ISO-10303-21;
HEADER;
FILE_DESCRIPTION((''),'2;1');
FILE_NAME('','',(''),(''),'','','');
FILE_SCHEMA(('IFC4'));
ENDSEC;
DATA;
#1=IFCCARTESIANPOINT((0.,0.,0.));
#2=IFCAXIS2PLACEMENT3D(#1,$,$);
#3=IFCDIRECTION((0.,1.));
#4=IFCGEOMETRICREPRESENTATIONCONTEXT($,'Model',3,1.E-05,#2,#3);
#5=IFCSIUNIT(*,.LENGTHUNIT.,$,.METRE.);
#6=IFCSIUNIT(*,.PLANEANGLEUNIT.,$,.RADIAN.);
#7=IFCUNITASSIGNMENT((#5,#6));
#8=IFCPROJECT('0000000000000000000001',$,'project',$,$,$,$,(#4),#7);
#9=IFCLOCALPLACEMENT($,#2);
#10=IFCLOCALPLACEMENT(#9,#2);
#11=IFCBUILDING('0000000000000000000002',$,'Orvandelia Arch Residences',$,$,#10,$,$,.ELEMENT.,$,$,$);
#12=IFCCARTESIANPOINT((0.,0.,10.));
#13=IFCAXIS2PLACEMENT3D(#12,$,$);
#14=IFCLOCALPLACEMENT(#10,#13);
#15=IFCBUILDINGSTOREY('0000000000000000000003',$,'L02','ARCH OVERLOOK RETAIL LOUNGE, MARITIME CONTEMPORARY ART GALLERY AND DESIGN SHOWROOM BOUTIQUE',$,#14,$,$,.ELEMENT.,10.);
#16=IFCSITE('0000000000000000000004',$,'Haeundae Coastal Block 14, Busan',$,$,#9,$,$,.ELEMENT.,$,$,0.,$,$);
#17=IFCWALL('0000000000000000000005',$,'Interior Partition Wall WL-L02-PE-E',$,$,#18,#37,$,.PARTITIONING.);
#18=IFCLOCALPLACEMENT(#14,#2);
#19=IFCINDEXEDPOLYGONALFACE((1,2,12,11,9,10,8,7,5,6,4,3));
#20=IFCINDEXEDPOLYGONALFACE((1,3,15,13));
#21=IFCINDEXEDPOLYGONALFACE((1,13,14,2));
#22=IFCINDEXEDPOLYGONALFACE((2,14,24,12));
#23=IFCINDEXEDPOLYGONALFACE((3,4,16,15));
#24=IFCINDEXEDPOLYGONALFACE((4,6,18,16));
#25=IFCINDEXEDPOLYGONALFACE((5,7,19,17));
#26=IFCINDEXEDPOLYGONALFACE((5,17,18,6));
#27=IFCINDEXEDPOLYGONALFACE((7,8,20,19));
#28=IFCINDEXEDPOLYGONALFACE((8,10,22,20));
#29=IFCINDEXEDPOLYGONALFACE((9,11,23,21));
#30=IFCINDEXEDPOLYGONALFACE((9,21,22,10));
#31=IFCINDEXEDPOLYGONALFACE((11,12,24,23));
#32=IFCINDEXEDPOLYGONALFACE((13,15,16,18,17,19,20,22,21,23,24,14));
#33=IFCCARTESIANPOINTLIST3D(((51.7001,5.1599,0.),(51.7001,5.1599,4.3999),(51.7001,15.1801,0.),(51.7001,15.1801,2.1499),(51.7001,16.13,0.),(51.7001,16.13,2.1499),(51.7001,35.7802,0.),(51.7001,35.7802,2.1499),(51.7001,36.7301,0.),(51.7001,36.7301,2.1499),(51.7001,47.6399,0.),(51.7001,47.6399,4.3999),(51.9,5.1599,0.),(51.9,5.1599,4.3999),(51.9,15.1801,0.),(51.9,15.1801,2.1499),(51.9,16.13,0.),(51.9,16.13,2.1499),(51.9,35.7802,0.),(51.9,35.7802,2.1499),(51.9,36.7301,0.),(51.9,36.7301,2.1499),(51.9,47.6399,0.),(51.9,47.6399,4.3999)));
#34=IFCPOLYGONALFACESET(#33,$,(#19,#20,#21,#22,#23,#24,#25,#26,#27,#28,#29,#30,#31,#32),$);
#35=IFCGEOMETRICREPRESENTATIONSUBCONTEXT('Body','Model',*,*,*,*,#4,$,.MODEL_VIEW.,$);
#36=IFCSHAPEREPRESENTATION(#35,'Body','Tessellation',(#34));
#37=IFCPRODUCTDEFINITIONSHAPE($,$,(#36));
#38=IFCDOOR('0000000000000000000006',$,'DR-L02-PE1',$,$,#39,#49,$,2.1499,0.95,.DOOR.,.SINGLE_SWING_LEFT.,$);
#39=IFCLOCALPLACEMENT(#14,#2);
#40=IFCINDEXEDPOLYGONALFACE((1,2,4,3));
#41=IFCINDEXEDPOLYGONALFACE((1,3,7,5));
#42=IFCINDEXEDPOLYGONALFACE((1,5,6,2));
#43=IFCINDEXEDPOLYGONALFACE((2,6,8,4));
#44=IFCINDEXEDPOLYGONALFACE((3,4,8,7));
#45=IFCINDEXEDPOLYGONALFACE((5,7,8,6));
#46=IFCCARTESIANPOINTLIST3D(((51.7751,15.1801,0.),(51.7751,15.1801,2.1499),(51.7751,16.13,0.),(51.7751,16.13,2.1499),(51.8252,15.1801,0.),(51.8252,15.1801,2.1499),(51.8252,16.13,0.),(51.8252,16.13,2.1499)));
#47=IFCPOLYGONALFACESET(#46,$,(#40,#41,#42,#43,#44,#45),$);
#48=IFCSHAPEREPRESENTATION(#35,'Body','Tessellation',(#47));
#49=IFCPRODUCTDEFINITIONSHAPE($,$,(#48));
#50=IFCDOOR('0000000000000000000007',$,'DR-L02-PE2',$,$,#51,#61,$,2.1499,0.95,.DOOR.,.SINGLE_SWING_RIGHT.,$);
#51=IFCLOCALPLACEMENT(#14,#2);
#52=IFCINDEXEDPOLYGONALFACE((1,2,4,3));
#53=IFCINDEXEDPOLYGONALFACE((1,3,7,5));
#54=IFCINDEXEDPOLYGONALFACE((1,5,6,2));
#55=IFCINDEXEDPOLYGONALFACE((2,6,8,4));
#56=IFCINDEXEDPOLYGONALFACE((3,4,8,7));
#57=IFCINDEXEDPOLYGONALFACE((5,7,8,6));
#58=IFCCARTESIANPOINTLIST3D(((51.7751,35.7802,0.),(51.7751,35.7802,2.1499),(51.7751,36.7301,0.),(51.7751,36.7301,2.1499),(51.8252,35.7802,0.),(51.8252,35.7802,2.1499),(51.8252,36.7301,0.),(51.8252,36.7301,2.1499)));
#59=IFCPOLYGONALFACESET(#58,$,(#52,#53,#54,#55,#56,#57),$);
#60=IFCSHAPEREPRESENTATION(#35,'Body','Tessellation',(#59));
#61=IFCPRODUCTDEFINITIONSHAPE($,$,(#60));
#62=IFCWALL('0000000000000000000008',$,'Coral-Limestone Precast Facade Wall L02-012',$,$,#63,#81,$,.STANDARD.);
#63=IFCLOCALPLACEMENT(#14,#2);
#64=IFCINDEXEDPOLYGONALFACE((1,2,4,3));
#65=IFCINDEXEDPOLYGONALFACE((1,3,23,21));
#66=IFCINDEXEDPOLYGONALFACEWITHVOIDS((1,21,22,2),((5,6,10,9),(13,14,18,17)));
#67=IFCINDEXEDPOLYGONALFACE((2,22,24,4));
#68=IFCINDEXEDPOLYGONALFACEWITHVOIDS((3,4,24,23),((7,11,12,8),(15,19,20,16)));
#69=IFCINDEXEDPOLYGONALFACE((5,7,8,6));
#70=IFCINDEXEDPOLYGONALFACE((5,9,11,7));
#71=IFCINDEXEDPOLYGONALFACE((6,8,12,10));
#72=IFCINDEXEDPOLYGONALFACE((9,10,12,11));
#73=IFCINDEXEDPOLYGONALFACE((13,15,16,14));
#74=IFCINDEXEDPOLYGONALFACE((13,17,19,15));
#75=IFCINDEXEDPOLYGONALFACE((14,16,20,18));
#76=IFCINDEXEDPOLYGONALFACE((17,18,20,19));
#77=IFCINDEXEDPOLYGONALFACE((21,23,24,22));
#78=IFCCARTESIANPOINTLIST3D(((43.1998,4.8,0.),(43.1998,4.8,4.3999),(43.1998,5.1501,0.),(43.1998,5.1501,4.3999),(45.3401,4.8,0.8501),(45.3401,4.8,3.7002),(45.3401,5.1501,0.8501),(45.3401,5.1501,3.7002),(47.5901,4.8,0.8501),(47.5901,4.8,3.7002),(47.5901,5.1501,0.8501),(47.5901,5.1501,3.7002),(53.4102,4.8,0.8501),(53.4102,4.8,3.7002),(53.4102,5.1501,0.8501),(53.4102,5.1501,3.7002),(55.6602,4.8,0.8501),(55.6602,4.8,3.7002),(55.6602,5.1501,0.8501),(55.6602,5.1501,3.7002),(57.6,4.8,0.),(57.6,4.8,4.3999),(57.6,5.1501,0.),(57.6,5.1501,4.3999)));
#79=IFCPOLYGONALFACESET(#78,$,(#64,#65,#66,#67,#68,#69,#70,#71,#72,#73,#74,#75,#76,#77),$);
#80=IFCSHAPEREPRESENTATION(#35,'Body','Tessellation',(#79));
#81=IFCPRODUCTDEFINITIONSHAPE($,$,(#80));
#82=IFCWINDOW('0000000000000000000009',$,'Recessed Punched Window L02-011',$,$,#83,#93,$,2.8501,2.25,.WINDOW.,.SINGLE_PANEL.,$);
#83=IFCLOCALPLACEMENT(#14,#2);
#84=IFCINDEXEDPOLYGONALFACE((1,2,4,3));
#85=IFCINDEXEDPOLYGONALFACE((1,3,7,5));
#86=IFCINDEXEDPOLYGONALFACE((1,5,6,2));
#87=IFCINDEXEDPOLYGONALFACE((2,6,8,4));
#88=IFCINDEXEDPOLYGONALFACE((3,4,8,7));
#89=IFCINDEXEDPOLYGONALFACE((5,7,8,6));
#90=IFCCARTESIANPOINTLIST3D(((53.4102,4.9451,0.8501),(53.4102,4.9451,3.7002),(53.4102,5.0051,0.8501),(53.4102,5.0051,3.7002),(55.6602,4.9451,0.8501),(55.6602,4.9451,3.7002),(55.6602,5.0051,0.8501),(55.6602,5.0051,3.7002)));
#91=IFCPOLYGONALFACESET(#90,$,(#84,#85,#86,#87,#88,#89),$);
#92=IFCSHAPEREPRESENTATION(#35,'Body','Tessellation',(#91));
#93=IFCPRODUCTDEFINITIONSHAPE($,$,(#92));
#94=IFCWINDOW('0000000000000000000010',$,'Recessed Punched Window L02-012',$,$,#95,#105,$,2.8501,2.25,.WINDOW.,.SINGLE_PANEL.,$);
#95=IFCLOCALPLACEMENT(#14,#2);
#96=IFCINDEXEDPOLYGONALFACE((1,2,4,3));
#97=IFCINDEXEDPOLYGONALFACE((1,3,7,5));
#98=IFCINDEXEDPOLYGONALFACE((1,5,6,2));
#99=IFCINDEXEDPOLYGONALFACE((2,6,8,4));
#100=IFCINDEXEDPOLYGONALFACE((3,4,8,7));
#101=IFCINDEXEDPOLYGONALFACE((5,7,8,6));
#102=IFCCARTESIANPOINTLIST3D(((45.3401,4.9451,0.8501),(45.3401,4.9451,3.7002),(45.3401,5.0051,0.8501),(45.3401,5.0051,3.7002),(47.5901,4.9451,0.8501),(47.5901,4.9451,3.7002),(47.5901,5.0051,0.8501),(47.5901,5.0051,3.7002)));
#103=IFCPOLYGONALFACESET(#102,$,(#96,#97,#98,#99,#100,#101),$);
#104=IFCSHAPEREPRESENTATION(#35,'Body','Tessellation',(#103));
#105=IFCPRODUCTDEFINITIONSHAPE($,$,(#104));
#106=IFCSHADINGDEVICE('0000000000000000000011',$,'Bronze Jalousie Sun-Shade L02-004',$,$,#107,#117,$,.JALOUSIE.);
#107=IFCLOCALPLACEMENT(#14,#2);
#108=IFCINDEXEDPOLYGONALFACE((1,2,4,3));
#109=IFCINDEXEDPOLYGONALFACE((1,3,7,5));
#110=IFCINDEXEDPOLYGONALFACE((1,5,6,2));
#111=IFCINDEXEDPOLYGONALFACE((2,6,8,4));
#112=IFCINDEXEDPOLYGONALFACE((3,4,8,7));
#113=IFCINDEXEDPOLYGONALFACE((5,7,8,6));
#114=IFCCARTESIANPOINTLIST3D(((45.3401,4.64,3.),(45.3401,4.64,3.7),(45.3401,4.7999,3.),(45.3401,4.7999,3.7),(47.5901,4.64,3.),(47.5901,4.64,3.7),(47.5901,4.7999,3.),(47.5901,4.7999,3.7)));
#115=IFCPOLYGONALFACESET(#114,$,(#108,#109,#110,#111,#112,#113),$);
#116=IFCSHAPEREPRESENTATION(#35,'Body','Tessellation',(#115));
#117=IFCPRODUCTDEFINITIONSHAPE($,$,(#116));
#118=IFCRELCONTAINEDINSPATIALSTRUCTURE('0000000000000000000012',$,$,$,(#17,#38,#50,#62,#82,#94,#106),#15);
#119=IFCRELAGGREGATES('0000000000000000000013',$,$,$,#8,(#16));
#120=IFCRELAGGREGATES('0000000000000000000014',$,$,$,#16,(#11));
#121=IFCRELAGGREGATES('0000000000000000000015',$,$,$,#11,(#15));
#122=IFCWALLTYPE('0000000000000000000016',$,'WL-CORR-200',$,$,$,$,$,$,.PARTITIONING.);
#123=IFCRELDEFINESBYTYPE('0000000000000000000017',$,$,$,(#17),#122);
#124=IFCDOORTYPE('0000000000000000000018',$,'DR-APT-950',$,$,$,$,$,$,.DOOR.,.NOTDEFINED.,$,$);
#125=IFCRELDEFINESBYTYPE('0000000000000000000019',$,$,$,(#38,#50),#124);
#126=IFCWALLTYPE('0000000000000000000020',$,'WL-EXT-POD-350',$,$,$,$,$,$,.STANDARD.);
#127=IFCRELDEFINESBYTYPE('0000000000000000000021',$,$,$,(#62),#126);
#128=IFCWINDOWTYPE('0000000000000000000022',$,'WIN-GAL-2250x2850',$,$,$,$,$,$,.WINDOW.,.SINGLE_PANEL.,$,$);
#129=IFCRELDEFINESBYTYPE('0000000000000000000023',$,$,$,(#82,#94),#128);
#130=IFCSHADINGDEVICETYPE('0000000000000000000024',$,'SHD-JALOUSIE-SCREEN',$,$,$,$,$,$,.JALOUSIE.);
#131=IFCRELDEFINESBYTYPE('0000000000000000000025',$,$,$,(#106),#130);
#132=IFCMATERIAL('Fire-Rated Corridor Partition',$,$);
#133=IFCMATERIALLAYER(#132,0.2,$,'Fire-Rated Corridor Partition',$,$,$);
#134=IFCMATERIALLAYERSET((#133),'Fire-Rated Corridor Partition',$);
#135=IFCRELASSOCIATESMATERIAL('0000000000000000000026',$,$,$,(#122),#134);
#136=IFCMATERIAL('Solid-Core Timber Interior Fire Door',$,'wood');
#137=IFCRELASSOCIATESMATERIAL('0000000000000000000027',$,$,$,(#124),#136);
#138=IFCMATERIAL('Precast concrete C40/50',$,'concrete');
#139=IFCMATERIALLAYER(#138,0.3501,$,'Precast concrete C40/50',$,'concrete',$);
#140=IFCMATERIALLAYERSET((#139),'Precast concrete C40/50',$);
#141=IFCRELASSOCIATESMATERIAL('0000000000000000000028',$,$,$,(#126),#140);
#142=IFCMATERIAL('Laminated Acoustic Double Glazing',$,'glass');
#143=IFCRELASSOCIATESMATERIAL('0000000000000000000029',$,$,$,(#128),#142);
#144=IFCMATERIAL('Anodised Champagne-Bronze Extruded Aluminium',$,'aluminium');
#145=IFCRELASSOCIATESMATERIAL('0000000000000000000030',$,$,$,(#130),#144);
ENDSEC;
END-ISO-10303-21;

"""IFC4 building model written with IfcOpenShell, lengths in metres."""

from ifc_helpers import new_model, si_unit, direction, frame, frame_2d, origin, origin_2d, place, context, subcontext, project, spatial, rectangle, extrude, material, layer, layer_set, type_object, element, fill, save


model = new_model("IFC4")

# Units and contexts
model_context = context("Model", 3, precision=1e-05, world=origin(), true_north=direction((0.0, 1.0)))
body_context = subcontext(model_context, "Body", "Model", "MODEL_VIEW")
ifc_project = project(units=[si_unit("LENGTHUNIT", "METRE"), si_unit("PLANEANGLEUNIT", "RADIAN")], contexts=[model_context])

# Site, building, storey
site_placement = place(None, origin())
site = spatial("IfcSite", under=ifc_project, at=site_placement, Name="Haeundae Coastal Block 14, Busan", CompositionType="ELEMENT", RefElevation=0.0)
building_placement = place(site_placement, origin())
building = spatial("IfcBuilding", under=site, at=building_placement, Name="Orvandelia Arch Residences", CompositionType="ELEMENT")
storey_placement = place(building_placement, frame((0.0, 0.0, 10.0)))
storey = spatial("IfcBuildingStorey", under=building, at=storey_placement, Name="L02", Description="ARCH OVERLOOK RETAIL LOUNGE, MARITIME CONTEMPORARY ART GALLERY AND DESIGN SHOWROOM BOUTIQUE", CompositionType="ELEMENT", Elevation=10.0)

# Shared definitions
ifc_material_1 = material(Name="Fire-Rated Corridor Partition")
ifc_layer_1 = layer(ifc_material_1, 0.2, Name="Fire-Rated Corridor Partition")
ifc_layer_set_1 = layer_set([ifc_layer_1], Name="Fire-Rated Corridor Partition")
wall_type_1 = type_object("IfcWallType", Name="WL-CORR-200", PredefinedType="PARTITIONING", material=ifc_layer_set_1)
ifc_material_2 = material(Name="Solid-Core Timber Interior Fire Door", Category="wood")
door_type = type_object("IfcDoorType", Name="DR-APT-950", OperationType="NOTDEFINED", PredefinedType="DOOR", material=ifc_material_2)

# Wall, openings, doors
wall_1_placement = place(storey_placement, frame((51.8, 5.1599, 0.0), z_axis=(0.0, 0.0, 1.0), x_axis=(0.0, 1.0, 0.0)))
wall_1 = element("IfcWall", 1, at=wall_1_placement, inside=storey, type_object=wall_type_1, Name="Interior Partition Wall WL-L02-PE-E", PredefinedType="PARTITIONING", context=body_context, shape_type="SweptSolid", body=[
    extrude(rectangle(XDim=42.48, YDim=0.2, at=frame_2d((21.24, 0.0))), origin(), (0.0, 0.0, 1.0), 4.3999),
])
opening_1_placement = place(wall_1_placement, frame((10.02, 0.0, 0.0)))
opening_1 = element("IfcOpeningElement", 2, at=opening_1_placement, cuts=wall_1, PredefinedType="OPENING", context=body_context, shape_type="SweptSolid", body=[
    extrude(rectangle(XDim=0.95, YDim=2.1499, at=frame_2d((0.4751, 1.075))), frame((0.0, 0.1099, 0.0), z_axis=(0.0, -1.0, 0.0), x_axis=(1.0, 0.0, 0.0)), (0.0, 0.0, 1.0), 0.22),
])
opening_2_placement = place(wall_1_placement, frame((30.6201, 0.0, 0.0)))
opening_2 = element("IfcOpeningElement", 3, at=opening_2_placement, cuts=wall_1, PredefinedType="OPENING", context=body_context, shape_type="SweptSolid", body=[
    extrude(rectangle(XDim=0.95, YDim=2.1499, at=frame_2d((0.4751, 1.075))), frame((0.0, 0.1099, 0.0), z_axis=(0.0, -1.0, 0.0), x_axis=(1.0, 0.0, 0.0)), (0.0, 0.0, 1.0), 0.22),
])
door_1_placement = place(opening_1_placement, origin())
door_1 = element("IfcDoor", 4, at=door_1_placement, inside=storey, type_object=door_type, Name="DR-L02-PE1", OperationType="SINGLE_SWING_LEFT", OverallHeight=2.1499, OverallWidth=0.95, PredefinedType="DOOR", context=body_context, shape_type="SweptSolid", body=[
    extrude(rectangle(XDim=0.95, YDim=2.1499, at=frame_2d((0.4751, 1.075))), frame((0.0, 0.0249, 0.0), z_axis=(0.0, -1.0, 0.0), x_axis=(1.0, 0.0, 0.0)), (0.0, 0.0, 1.0), 0.05),
])
fill(opening_1, door_1)
door_2_placement = place(opening_2_placement, origin())
door_2 = element("IfcDoor", 5, at=door_2_placement, inside=storey, type_object=door_type, Name="DR-L02-PE2", OperationType="SINGLE_SWING_RIGHT", OverallHeight=2.1499, OverallWidth=0.95, PredefinedType="DOOR", context=body_context, shape_type="SweptSolid", body=[
    extrude(rectangle(XDim=0.95, YDim=2.1499, at=frame_2d((0.4751, 1.075))), frame((0.0, 0.0249, 0.0), z_axis=(0.0, -1.0, 0.0), x_axis=(1.0, 0.0, 0.0)), (0.0, 0.0, 1.0), 0.05),
])
fill(opening_2, door_2)

# Wall, openings, windows
ifc_material_3 = material(Name="Precast concrete C40/50", Category="concrete")
ifc_layer_2 = layer(ifc_material_3, 0.3501, Name="Precast concrete C40/50", Category="concrete")
ifc_layer_set_2 = layer_set([ifc_layer_2], Name="Precast concrete C40/50")
wall_type_2 = type_object("IfcWallType", Name="WL-EXT-POD-350", PredefinedType="STANDARD", material=ifc_layer_set_2)
wall_2_placement = place(storey_placement, frame((57.6001, 4.9751, 0.0), z_axis=(0.0, 0.0, 1.0), x_axis=(-1.0, 0.0, 0.0)))
wall_2 = element("IfcWall", 6, at=wall_2_placement, inside=storey, type_object=wall_type_2, Name="Coral-Limestone Precast Facade Wall L02-012", PredefinedType="STANDARD", context=body_context, shape_type="SweptSolid", body=[
    extrude(rectangle(XDim=14.4001, YDim=0.3501, at=frame_2d((7.2002, 0.0))), origin(), (0.0, 0.0, 1.0), 4.3999),
])
opening_3_placement = place(wall_2_placement, frame((1.9399, 0.0, 0.8501)))
opening_3 = element("IfcOpeningElement", 7, at=opening_3_placement, cuts=wall_2, PredefinedType="OPENING", context=body_context, shape_type="SweptSolid", body=[
    extrude(rectangle(XDim=2.25, YDim=2.8501, at=frame_2d((1.125, 1.425))), frame((0.0, 0.1851, 0.0), z_axis=(0.0, -1.0, 0.0), x_axis=(1.0, 0.0, 0.0)), (0.0, 0.0, 1.0), 0.3701),
])
opening_4_placement = place(wall_2_placement, frame((10.01, 0.0, 0.8501)))
opening_4 = element("IfcOpeningElement", 8, at=opening_4_placement, cuts=wall_2, PredefinedType="OPENING", context=body_context, shape_type="SweptSolid", body=[
    extrude(rectangle(XDim=2.25, YDim=2.8501, at=frame_2d((1.125, 1.425))), frame((0.0, 0.1851, 0.0), z_axis=(0.0, -1.0, 0.0), x_axis=(1.0, 0.0, 0.0)), (0.0, 0.0, 1.0), 0.3701),
])
ifc_material_4 = material(Name="Laminated Acoustic Double Glazing", Category="glass")
window_type = type_object("IfcWindowType", Name="WIN-GAL-2250x2850", PartitioningType="SINGLE_PANEL", PredefinedType="WINDOW", material=ifc_material_4)
window_1_placement = place(opening_3_placement, origin())
window_1 = element("IfcWindow", 9, at=window_1_placement, inside=storey, type_object=window_type, Name="Recessed Punched Window L02-011", OverallHeight=2.8501, OverallWidth=2.25, PartitioningType="SINGLE_PANEL", PredefinedType="WINDOW", context=body_context, shape_type="SweptSolid", body=[
    extrude(rectangle(XDim=2.25, YDim=2.8501, at=frame_2d((1.125, 1.425))), frame((0.0, 0.03, 0.0), z_axis=(0.0, -1.0, 0.0), x_axis=(1.0, 0.0, 0.0)), (0.0, 0.0, 1.0), 0.0601),
])
fill(opening_3, window_1)
window_2_placement = place(opening_4_placement, origin())
window_2 = element("IfcWindow", 10, at=window_2_placement, inside=storey, type_object=window_type, Name="Recessed Punched Window L02-012", OverallHeight=2.8501, OverallWidth=2.25, PartitioningType="SINGLE_PANEL", PredefinedType="WINDOW", context=body_context, shape_type="SweptSolid", body=[
    extrude(rectangle(XDim=2.25, YDim=2.8501, at=frame_2d((1.125, 1.425))), frame((0.0, 0.03, 0.0), z_axis=(0.0, -1.0, 0.0), x_axis=(1.0, 0.0, 0.0)), (0.0, 0.0, 1.0), 0.0601),
])
fill(opening_4, window_2)

# Shading device
ifc_material_5 = material(Name="Anodised Champagne-Bronze Extruded Aluminium", Category="aluminium")
shading_device_type = type_object("IfcShadingDeviceType", Name="SHD-JALOUSIE-SCREEN", PredefinedType="JALOUSIE", material=ifc_material_5)
shading_device_placement = place(storey_placement, frame((46.4651, 4.72, 3.0), z_axis=(0.0, 0.0, 1.0), x_axis=(-1.0, 0.0, 0.0)))
element("IfcShadingDevice", 11, at=shading_device_placement, inside=storey, type_object=shading_device_type, Name="Bronze Jalousie Sun-Shade L02-004", PredefinedType="JALOUSIE", context=body_context, shape_type="SweptSolid", body=[
    extrude(rectangle(XDim=2.25, YDim=0.1599, at=origin_2d()), origin(), (0.0, 0.0, 1.0), 0.7),
])

save(model, "model.ifc")
